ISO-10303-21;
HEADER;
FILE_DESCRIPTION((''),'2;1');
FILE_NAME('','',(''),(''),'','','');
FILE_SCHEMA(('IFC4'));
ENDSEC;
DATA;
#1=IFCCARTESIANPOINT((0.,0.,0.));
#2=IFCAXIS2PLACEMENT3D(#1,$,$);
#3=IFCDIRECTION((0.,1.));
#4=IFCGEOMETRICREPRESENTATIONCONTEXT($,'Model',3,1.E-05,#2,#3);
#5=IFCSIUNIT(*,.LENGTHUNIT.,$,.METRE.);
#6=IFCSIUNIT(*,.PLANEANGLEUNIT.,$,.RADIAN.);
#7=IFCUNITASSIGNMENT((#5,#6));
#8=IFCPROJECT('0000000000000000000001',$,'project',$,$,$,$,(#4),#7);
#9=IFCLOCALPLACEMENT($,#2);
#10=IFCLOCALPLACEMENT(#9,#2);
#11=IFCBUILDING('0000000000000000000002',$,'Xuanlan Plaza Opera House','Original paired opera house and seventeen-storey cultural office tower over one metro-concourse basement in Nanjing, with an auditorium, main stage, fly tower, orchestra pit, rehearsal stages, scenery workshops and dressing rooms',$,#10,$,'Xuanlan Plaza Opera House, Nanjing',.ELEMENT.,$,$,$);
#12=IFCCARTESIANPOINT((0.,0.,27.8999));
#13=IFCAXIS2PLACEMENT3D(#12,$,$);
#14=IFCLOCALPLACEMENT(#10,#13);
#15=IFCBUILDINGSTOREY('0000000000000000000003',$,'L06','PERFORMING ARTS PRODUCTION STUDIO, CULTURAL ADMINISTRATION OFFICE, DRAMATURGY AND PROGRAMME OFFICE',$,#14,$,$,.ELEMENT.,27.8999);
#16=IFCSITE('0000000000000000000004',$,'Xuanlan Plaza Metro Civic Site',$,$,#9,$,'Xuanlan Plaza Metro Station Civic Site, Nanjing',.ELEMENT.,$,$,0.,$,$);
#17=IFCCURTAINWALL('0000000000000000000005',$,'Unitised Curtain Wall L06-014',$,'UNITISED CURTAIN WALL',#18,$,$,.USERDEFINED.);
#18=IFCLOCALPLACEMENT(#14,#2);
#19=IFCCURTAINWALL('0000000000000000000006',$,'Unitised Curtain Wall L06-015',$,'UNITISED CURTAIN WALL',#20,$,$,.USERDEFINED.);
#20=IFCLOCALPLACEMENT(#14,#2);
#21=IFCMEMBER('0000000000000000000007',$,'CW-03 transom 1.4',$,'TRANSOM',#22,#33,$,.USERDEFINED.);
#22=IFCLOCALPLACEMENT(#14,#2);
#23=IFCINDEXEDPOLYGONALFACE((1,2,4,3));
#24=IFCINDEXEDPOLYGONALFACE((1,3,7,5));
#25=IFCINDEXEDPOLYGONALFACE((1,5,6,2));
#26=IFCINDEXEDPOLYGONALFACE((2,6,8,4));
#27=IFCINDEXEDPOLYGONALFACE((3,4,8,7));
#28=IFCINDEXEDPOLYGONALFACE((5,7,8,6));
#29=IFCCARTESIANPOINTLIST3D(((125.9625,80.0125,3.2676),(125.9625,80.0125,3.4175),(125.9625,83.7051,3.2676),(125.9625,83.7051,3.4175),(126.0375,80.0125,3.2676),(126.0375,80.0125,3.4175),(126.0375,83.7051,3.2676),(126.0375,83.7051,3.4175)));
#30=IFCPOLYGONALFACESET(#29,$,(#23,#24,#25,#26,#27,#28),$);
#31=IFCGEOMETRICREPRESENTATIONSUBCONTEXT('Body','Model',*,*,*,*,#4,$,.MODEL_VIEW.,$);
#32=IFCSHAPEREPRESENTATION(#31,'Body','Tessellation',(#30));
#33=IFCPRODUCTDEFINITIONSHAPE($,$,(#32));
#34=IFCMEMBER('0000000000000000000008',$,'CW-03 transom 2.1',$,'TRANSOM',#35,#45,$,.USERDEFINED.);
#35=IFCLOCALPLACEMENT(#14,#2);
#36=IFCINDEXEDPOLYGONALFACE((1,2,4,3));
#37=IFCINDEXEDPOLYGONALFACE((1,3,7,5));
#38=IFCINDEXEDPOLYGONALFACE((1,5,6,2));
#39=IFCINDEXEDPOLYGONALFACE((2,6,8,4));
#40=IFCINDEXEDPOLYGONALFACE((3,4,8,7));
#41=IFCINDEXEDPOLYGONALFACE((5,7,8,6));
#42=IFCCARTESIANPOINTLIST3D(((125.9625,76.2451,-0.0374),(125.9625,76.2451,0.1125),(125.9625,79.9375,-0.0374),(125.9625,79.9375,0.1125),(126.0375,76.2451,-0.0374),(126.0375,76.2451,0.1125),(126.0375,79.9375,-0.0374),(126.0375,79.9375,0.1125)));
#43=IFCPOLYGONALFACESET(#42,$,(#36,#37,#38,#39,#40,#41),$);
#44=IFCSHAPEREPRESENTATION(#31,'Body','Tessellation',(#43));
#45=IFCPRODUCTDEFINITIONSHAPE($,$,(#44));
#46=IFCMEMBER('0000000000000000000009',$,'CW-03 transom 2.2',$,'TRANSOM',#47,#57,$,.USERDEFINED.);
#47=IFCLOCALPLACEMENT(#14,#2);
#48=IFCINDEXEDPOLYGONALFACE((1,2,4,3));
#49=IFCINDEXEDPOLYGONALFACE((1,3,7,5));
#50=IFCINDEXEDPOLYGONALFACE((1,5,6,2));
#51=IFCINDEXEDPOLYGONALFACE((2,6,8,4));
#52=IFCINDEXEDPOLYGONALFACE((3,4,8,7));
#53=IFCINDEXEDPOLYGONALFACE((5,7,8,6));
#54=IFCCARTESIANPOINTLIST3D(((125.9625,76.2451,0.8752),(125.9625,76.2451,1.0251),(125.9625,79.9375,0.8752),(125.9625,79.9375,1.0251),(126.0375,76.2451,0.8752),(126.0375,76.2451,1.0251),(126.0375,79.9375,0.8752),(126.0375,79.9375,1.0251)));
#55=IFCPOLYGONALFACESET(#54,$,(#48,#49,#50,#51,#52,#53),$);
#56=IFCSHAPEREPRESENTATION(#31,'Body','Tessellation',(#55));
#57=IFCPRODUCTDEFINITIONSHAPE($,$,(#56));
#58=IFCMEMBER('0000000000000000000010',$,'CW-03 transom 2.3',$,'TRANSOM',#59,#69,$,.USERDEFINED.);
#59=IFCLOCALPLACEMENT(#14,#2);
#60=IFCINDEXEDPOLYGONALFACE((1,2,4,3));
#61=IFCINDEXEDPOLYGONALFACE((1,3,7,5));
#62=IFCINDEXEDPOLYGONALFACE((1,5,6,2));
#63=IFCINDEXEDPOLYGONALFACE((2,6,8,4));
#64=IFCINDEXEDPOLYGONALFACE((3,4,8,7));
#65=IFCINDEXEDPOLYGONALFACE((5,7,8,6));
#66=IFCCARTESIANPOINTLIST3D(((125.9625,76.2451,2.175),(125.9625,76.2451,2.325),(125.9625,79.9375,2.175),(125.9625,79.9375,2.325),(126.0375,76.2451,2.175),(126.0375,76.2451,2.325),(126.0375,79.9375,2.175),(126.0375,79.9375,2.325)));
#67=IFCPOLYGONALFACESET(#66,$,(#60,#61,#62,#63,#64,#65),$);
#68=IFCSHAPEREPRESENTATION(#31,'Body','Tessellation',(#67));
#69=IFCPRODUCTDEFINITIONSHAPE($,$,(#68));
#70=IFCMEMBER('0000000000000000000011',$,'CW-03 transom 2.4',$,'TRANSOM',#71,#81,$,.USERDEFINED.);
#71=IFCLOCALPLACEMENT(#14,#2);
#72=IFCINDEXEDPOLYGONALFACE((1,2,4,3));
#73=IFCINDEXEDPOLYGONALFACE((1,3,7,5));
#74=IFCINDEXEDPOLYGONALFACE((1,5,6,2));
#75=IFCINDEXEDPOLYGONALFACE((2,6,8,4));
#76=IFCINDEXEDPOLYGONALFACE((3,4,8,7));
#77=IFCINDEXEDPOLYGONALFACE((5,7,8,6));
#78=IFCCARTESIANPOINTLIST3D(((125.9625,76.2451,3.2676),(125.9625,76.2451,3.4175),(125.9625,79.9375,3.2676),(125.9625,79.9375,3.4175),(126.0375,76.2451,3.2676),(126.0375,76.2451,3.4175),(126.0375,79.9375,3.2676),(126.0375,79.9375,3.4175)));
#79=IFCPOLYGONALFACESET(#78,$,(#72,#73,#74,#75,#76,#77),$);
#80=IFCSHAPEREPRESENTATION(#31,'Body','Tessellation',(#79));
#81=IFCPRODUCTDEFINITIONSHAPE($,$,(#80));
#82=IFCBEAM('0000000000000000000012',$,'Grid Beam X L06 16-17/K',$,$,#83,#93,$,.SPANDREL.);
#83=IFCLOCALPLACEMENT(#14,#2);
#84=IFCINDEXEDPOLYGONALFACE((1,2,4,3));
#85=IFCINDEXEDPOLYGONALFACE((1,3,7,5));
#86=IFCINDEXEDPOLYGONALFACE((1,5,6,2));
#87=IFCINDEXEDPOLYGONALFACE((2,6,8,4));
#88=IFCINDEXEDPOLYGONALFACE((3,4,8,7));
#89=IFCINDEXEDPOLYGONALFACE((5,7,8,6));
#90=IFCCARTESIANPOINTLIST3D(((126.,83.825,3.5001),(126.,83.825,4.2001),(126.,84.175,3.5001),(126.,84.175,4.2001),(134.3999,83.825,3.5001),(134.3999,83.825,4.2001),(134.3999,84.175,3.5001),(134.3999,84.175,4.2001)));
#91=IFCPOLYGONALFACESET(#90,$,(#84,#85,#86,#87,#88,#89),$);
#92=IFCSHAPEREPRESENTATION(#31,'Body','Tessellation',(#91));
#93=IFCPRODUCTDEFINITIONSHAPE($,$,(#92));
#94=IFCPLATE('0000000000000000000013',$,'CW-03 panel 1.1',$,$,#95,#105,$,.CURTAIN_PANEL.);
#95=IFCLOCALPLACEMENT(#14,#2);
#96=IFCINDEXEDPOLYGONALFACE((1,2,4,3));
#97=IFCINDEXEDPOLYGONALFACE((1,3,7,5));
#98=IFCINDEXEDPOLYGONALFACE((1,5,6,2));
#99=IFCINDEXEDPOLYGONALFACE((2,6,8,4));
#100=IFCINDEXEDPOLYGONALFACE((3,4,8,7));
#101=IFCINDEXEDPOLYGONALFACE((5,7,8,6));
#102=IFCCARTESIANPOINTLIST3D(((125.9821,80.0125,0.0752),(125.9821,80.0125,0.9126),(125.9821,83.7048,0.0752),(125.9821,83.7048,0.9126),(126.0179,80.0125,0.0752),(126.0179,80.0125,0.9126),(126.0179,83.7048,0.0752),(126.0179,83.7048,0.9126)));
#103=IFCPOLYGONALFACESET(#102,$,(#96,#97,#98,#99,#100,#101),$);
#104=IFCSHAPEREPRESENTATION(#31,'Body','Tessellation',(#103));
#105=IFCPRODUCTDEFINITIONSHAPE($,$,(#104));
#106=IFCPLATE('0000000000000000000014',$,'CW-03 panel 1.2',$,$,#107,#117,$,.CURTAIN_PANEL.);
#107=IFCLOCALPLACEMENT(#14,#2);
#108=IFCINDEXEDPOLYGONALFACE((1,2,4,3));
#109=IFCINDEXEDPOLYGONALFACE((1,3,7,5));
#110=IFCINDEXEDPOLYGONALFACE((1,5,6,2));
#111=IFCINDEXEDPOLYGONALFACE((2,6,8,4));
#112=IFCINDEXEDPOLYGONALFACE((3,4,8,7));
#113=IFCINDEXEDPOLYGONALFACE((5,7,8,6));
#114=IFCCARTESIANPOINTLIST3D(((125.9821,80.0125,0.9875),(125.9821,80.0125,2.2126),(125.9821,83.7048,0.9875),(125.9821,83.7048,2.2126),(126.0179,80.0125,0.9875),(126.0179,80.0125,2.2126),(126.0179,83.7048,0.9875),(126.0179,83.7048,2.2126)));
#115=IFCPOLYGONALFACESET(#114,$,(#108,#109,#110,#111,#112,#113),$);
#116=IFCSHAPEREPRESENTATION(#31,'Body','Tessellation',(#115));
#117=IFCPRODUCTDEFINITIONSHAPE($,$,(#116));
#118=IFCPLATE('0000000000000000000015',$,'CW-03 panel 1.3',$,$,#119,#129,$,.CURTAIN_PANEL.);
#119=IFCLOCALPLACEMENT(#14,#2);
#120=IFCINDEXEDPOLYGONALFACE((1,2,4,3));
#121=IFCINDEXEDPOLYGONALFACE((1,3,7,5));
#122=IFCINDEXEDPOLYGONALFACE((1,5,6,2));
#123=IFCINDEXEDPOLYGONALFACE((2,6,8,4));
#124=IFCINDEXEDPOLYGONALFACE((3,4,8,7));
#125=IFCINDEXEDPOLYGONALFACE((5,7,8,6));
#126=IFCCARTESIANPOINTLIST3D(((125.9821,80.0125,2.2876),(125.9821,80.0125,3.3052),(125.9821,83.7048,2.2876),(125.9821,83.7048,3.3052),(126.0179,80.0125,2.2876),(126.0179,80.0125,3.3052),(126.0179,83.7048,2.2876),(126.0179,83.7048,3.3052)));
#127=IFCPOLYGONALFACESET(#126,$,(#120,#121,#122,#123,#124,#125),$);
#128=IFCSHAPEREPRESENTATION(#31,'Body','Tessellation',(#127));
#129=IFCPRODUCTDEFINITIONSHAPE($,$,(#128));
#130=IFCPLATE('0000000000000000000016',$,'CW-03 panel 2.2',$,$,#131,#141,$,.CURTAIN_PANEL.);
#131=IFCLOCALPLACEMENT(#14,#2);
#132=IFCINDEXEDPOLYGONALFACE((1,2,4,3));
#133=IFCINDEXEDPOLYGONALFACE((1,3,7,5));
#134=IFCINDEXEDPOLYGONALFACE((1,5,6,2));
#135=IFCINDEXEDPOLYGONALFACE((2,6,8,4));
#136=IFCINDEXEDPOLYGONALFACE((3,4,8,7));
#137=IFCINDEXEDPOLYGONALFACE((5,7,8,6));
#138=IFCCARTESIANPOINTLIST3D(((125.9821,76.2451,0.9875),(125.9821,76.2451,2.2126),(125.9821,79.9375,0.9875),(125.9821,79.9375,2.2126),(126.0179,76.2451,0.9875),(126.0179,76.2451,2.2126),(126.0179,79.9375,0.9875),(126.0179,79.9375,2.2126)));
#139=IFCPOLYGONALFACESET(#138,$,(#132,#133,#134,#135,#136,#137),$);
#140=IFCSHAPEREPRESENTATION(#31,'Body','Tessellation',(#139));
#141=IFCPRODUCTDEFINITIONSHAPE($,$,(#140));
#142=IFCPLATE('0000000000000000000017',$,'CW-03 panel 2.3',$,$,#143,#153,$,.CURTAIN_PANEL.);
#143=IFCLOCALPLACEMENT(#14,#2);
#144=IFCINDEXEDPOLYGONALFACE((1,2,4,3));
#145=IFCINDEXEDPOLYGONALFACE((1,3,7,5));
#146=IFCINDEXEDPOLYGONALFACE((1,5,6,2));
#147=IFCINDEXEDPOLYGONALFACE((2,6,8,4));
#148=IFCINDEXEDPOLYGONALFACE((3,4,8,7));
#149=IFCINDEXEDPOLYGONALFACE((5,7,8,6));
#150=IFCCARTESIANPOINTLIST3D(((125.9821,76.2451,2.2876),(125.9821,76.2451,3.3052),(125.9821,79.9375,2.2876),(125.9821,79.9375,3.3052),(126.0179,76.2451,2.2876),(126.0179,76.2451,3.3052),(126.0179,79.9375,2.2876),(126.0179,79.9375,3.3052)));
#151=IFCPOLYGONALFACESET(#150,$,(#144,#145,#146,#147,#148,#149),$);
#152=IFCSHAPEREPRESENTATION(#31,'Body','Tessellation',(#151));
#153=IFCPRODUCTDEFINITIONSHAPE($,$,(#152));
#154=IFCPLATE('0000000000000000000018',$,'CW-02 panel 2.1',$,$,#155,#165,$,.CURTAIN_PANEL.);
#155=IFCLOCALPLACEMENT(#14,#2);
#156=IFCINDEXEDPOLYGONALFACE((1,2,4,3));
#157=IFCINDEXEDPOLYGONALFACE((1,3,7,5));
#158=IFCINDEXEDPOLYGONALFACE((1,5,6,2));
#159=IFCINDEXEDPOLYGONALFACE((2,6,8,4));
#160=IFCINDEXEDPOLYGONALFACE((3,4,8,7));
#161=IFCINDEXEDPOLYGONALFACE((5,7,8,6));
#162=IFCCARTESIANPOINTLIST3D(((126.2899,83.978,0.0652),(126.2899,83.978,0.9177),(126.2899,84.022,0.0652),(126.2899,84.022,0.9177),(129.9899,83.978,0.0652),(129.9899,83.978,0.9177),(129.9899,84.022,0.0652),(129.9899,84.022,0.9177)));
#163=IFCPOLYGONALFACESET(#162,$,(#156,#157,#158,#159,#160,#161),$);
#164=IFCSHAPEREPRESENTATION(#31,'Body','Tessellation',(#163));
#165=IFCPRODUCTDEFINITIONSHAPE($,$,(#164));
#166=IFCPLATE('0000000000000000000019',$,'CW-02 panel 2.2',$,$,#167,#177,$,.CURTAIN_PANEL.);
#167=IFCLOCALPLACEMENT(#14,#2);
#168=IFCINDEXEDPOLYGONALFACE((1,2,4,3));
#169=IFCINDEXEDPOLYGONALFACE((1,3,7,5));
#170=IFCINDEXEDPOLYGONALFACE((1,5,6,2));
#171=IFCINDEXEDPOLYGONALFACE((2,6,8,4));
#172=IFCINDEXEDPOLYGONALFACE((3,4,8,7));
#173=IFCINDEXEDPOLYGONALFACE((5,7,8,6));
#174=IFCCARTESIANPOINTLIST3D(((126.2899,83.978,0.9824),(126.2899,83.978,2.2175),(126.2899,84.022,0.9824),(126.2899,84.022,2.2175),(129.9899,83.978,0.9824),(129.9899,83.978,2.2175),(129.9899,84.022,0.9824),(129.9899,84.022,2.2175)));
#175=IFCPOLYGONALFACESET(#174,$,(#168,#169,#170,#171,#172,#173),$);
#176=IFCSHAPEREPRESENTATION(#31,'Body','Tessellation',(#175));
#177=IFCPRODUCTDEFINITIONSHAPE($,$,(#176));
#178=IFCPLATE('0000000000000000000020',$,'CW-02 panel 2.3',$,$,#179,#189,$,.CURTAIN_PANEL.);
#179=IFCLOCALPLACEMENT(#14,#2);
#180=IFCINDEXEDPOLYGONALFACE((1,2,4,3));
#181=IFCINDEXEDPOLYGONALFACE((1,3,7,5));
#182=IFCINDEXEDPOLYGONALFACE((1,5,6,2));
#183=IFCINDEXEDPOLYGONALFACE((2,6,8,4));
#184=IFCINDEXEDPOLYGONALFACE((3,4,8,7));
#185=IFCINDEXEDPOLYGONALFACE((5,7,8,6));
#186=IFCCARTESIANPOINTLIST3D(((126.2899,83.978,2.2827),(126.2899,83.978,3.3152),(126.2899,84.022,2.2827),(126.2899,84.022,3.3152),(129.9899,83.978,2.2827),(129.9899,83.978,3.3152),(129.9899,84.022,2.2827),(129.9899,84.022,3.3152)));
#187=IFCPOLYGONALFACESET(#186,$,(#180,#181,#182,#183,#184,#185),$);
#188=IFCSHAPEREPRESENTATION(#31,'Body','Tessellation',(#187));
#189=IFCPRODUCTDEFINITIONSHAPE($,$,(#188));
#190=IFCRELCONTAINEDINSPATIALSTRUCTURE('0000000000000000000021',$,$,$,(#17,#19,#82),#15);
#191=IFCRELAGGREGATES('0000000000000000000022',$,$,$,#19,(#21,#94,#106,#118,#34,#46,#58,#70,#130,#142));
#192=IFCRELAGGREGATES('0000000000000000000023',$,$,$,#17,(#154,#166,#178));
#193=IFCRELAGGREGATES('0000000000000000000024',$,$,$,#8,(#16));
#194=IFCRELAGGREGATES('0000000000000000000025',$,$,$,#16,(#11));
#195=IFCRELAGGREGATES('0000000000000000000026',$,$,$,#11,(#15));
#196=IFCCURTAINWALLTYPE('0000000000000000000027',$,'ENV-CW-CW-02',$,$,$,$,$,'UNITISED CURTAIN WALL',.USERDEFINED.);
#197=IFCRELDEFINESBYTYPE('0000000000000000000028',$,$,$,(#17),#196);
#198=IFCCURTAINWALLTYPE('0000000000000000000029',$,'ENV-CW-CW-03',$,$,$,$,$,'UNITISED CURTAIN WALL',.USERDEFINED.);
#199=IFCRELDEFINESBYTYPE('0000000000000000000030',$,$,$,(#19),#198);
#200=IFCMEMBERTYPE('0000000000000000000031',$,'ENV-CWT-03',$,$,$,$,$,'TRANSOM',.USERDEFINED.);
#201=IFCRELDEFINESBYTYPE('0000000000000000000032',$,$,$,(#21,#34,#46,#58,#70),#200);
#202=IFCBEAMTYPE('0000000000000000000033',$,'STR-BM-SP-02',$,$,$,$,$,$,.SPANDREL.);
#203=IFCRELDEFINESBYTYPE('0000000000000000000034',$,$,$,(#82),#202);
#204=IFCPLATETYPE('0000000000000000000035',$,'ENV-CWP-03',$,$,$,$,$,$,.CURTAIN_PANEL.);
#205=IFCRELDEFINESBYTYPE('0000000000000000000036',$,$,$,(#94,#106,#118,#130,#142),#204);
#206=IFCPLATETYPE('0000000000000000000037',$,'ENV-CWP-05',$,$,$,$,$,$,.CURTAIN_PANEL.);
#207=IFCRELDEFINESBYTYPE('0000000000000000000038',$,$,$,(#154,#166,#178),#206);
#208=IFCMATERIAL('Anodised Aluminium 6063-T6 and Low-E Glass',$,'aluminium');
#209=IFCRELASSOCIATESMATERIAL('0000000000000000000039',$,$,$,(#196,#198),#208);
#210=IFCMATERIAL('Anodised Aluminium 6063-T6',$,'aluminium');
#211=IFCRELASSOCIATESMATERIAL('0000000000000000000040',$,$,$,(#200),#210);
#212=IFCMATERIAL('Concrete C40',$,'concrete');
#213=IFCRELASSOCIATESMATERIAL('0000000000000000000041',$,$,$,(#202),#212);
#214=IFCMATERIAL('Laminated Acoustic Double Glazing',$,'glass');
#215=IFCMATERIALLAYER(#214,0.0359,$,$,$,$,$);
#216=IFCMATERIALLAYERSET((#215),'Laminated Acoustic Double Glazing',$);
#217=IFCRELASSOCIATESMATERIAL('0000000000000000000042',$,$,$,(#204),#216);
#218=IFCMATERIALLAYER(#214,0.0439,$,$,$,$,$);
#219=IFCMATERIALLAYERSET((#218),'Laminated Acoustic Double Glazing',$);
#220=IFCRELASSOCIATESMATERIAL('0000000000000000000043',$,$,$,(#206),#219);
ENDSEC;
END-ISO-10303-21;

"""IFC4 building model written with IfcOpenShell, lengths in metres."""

from ifc_helpers import new_model, si_unit, direction, frame, origin, origin_2d, place, context, subcontext, project, spatial, rectangle, extrude, material, layer, layer_set, material_profile, profile_set, type_object, element, aggregate, save


model = new_model("IFC4")

# Units and contexts
model_context = context("Model", 3, precision=1e-05, world=origin(), true_north=direction((0.0, 1.0)))
body_context = subcontext(model_context, "Body", "Model", "MODEL_VIEW")
ifc_project = project(units=[si_unit("LENGTHUNIT", "METRE"), si_unit("PLANEANGLEUNIT", "RADIAN")], contexts=[model_context])

# Site, building, storey
site_placement = place(None, origin())
site = spatial("IfcSite", under=ifc_project, at=site_placement, Name="Xuanlan Plaza Metro Civic Site", LongName="Xuanlan Plaza Metro Station Civic Site, Nanjing", CompositionType="ELEMENT", RefElevation=0.0)
building_placement = place(site_placement, origin())
building = spatial("IfcBuilding", under=site, at=building_placement, Name="Xuanlan Plaza Opera House", Description="Original paired opera house and seventeen-storey cultural office tower over one metro-concourse basement in Nanjing, with an auditorium, main stage, fly tower, orchestra pit, rehearsal stages, scenery workshops and dressing rooms", LongName="Xuanlan Plaza Opera House, Nanjing", CompositionType="ELEMENT")
storey_placement = place(building_placement, frame((0.0, 0.0, 27.8999)))
storey = spatial("IfcBuildingStorey", under=building, at=storey_placement, Name="L06", Description="PERFORMING ARTS PRODUCTION STUDIO, CULTURAL ADMINISTRATION OFFICE, DRAMATURGY AND PROGRAMME OFFICE", CompositionType="ELEMENT", Elevation=27.8999)

# Curtain wall
ifc_material_1 = material(Name="Anodised Aluminium 6063-T6 and Low-E Glass", Category="aluminium")
curtain_wall_type_1 = type_object("IfcCurtainWallType", Name="ENV-CW-CW-02", ElementType="UNITISED CURTAIN WALL", PredefinedType="USERDEFINED", material=ifc_material_1)
curtain_wall_1_placement = place(storey_placement, origin())
curtain_wall_1 = element("IfcCurtainWall", 1, at=curtain_wall_1_placement, inside=storey, type_object=curtain_wall_type_1, Name="Unitised Curtain Wall L06-014", ObjectType="UNITISED CURTAIN WALL", PredefinedType="USERDEFINED")
ifc_material_2 = material(Name="Anodised Aluminium 6063-T6", Category="aluminium")

# Curtain wall
curtain_wall_type_2 = type_object("IfcCurtainWallType", Name="ENV-CW-CW-03", ElementType="UNITISED CURTAIN WALL", PredefinedType="USERDEFINED", material=ifc_material_1)
curtain_wall_2_placement = place(storey_placement, origin())
curtain_wall_2 = element("IfcCurtainWall", 2, at=curtain_wall_2_placement, inside=storey, type_object=curtain_wall_type_2, Name="Unitised Curtain Wall L06-015", ObjectType="UNITISED CURTAIN WALL", PredefinedType="USERDEFINED")

# Members
ifc_material_profile_1 = material_profile(ifc_material_2, rectangle(XDim=0.075, YDim=0.1499, at=origin_2d()), Name="ALU-T 75x150")
ifc_profile_set_1 = profile_set([ifc_material_profile_1], Name="Anodised Aluminium 6063-T6")
member_type_1 = type_object("IfcMemberType", Name="ENV-CWT-03", ElementType="TRANSOM", PredefinedType="USERDEFINED", material=ifc_profile_set_1)
member_1_placement = place(storey_placement, frame((126.0, 83.7051, 3.3425), z_axis=(0.0, -1.0, 0.0), x_axis=(1.0, 0.0, 0.0)))
member_1 = element("IfcMember", 3, at=member_1_placement, type_object=member_type_1, Name="CW-03 transom 1.4", ObjectType="TRANSOM", PredefinedType="USERDEFINED", context=body_context, shape_type="SweptSolid", body=[
    extrude(rectangle(XDim=0.075, YDim=0.1499, at=origin_2d()), origin(), (0.0, 0.0, 1.0), 3.6926),
])
member_2_placement = place(storey_placement, frame((126.0, 79.9375, 0.0376), z_axis=(0.0, -1.0, 0.0), x_axis=(1.0, 0.0, 0.0)))
member_2 = element("IfcMember", 4, at=member_2_placement, type_object=member_type_1, Name="CW-03 transom 2.1", ObjectType="TRANSOM", PredefinedType="USERDEFINED", context=body_context, shape_type="SweptSolid", body=[
    extrude(rectangle(XDim=0.075, YDim=0.1499, at=origin_2d()), origin(), (0.0, 0.0, 1.0), 3.6924),
])
member_3_placement = place(storey_placement, frame((126.0, 79.9375, 0.9502), z_axis=(0.0, -1.0, 0.0), x_axis=(1.0, 0.0, 0.0)))
member_3 = element("IfcMember", 5, at=member_3_placement, type_object=member_type_1, Name="CW-03 transom 2.2", ObjectType="TRANSOM", PredefinedType="USERDEFINED", context=body_context, shape_type="SweptSolid", body=[
    extrude(rectangle(XDim=0.075, YDim=0.1499, at=origin_2d()), origin(), (0.0, 0.0, 1.0), 3.6924),
])
member_4_placement = place(storey_placement, frame((126.0, 79.9375, 2.25), z_axis=(0.0, -1.0, 0.0), x_axis=(1.0, 0.0, 0.0)))
member_4 = element("IfcMember", 6, at=member_4_placement, type_object=member_type_1, Name="CW-03 transom 2.3", ObjectType="TRANSOM", PredefinedType="USERDEFINED", context=body_context, shape_type="SweptSolid", body=[
    extrude(rectangle(XDim=0.075, YDim=0.1499, at=origin_2d()), origin(), (0.0, 0.0, 1.0), 3.6924),
])
member_5_placement = place(storey_placement, frame((126.0, 79.9375, 3.3425), z_axis=(0.0, -1.0, 0.0), x_axis=(1.0, 0.0, 0.0)))
member_5 = element("IfcMember", 7, at=member_5_placement, type_object=member_type_1, Name="CW-03 transom 2.4", ObjectType="TRANSOM", PredefinedType="USERDEFINED", context=body_context, shape_type="SweptSolid", body=[
    extrude(rectangle(XDim=0.075, YDim=0.1499, at=origin_2d()), origin(), (0.0, 0.0, 1.0), 3.6924),
])

# Beam
ifc_material_3 = material(Name="Concrete C40", Category="concrete")
ifc_material_profile_2 = material_profile(ifc_material_3, rectangle(XDim=0.3501, YDim=0.7, at=origin_2d()), Name="RC-SPD 350x700")
ifc_profile_set_2 = profile_set([ifc_material_profile_2], Name="Concrete C40")
beam_type = type_object("IfcBeamType", Name="STR-BM-SP-02", PredefinedType="SPANDREL", material=ifc_profile_set_2)
beam_placement = place(storey_placement, frame((126.0, 84.0, 3.8501), z_axis=(1.0, 0.0, 0.0), x_axis=(0.0, 1.0, 0.0)))
element("IfcBeam", 8, at=beam_placement, inside=storey, type_object=beam_type, Name="Grid Beam X L06 16-17/K", PredefinedType="SPANDREL", context=body_context, shape_type="SweptSolid", body=[
    extrude(rectangle(XDim=0.3501, YDim=0.7, at=origin_2d()), origin(), (0.0, 0.0, 1.0), 8.3999),
])

# Plates
ifc_material_4 = material(Name="Laminated Acoustic Double Glazing", Category="glass")
ifc_layer_1 = layer(ifc_material_4, 0.0359)
ifc_layer_set_1 = layer_set([ifc_layer_1], Name="Laminated Acoustic Double Glazing")
plate_type_1 = type_object("IfcPlateType", Name="ENV-CWP-03", PredefinedType="CURTAIN_PANEL", material=ifc_layer_set_1)
plate_1_placement = place(storey_placement, frame((126.0, 81.8586, 0.0752), z_axis=(0.0, 0.0, 1.0), x_axis=(0.0, -1.0, 0.0)))
plate_1 = element("IfcPlate", 9, at=plate_1_placement, type_object=plate_type_1, Name="CW-03 panel 1.1", PredefinedType="CURTAIN_PANEL", context=body_context, shape_type="SweptSolid", body=[
    extrude(rectangle(XDim=3.6924, YDim=0.0359, at=origin_2d()), origin(), (0.0, 0.0, 1.0), 0.8374),
])
plate_2_placement = place(storey_placement, frame((126.0, 81.8586, 0.9875), z_axis=(0.0, 0.0, 1.0), x_axis=(0.0, -1.0, 0.0)))
plate_2 = element("IfcPlate", 10, at=plate_2_placement, type_object=plate_type_1, Name="CW-03 panel 1.2", PredefinedType="CURTAIN_PANEL", context=body_context, shape_type="SweptSolid", body=[
    extrude(rectangle(XDim=3.6924, YDim=0.0359, at=origin_2d()), origin(), (0.0, 0.0, 1.0), 1.2251),
])
plate_3_placement = place(storey_placement, frame((126.0, 81.8586, 2.2876), z_axis=(0.0, 0.0, 1.0), x_axis=(0.0, -1.0, 0.0)))
plate_3 = element("IfcPlate", 11, at=plate_3_placement, type_object=plate_type_1, Name="CW-03 panel 1.3", PredefinedType="CURTAIN_PANEL", context=body_context, shape_type="SweptSolid", body=[
    extrude(rectangle(XDim=3.6924, YDim=0.0359, at=origin_2d()), origin(), (0.0, 0.0, 1.0), 1.0176),
])
plate_4_placement = place(storey_placement, frame((126.0, 78.0913, 0.9875), z_axis=(0.0, 0.0, 1.0), x_axis=(0.0, -1.0, 0.0)))
plate_4 = element("IfcPlate", 12, at=plate_4_placement, type_object=plate_type_1, Name="CW-03 panel 2.2", PredefinedType="CURTAIN_PANEL", context=body_context, shape_type="SweptSolid", body=[
    extrude(rectangle(XDim=3.6924, YDim=0.0359, at=origin_2d()), origin(), (0.0, 0.0, 1.0), 1.2251),
])
plate_5_placement = place(storey_placement, frame((126.0, 78.0913, 2.2876), z_axis=(0.0, 0.0, 1.0), x_axis=(0.0, -1.0, 0.0)))
plate_5 = element("IfcPlate", 13, at=plate_5_placement, type_object=plate_type_1, Name="CW-03 panel 2.3", PredefinedType="CURTAIN_PANEL", context=body_context, shape_type="SweptSolid", body=[
    extrude(rectangle(XDim=3.6924, YDim=0.0359, at=origin_2d()), origin(), (0.0, 0.0, 1.0), 1.0176),
])
aggregate(curtain_wall_2, [member_1, plate_1, plate_2, plate_3, member_2, member_3, member_4, member_5, plate_4, plate_5])
ifc_layer_2 = layer(ifc_material_4, 0.0439)
ifc_layer_set_2 = layer_set([ifc_layer_2], Name="Laminated Acoustic Double Glazing")
plate_type_2 = type_object("IfcPlateType", Name="ENV-CWP-05", PredefinedType="CURTAIN_PANEL", material=ifc_layer_set_2)
plate_6_placement = place(storey_placement, frame((128.1399, 84.0, 0.0652), z_axis=(0.0, 0.0, 1.0), x_axis=(-1.0, 0.0, 0.0)))
plate_6 = element("IfcPlate", 14, at=plate_6_placement, type_object=plate_type_2, Name="CW-02 panel 2.1", PredefinedType="CURTAIN_PANEL", context=body_context, shape_type="SweptSolid", body=[
    extrude(rectangle(XDim=3.7, YDim=0.0439, at=origin_2d()), origin(), (0.0, 0.0, 1.0), 0.8525),
])
plate_7_placement = place(storey_placement, frame((128.1399, 84.0, 0.9824), z_axis=(0.0, 0.0, 1.0), x_axis=(-1.0, 0.0, 0.0)))
plate_7 = element("IfcPlate", 15, at=plate_7_placement, type_object=plate_type_2, Name="CW-02 panel 2.2", PredefinedType="CURTAIN_PANEL", context=body_context, shape_type="SweptSolid", body=[
    extrude(rectangle(XDim=3.7, YDim=0.0439, at=origin_2d()), origin(), (0.0, 0.0, 1.0), 1.2351),
])
plate_8_placement = place(storey_placement, frame((128.1399, 84.0, 2.2827), z_axis=(0.0, 0.0, 1.0), x_axis=(-1.0, 0.0, 0.0)))
plate_8 = element("IfcPlate", 16, at=plate_8_placement, type_object=plate_type_2, Name="CW-02 panel 2.3", PredefinedType="CURTAIN_PANEL", context=body_context, shape_type="SweptSolid", body=[
    extrude(rectangle(XDim=3.7, YDim=0.0439, at=origin_2d()), origin(), (0.0, 0.0, 1.0), 1.0325),
])
aggregate(curtain_wall_1, [plate_6, plate_7, plate_8])

save(model, "model.ifc")
